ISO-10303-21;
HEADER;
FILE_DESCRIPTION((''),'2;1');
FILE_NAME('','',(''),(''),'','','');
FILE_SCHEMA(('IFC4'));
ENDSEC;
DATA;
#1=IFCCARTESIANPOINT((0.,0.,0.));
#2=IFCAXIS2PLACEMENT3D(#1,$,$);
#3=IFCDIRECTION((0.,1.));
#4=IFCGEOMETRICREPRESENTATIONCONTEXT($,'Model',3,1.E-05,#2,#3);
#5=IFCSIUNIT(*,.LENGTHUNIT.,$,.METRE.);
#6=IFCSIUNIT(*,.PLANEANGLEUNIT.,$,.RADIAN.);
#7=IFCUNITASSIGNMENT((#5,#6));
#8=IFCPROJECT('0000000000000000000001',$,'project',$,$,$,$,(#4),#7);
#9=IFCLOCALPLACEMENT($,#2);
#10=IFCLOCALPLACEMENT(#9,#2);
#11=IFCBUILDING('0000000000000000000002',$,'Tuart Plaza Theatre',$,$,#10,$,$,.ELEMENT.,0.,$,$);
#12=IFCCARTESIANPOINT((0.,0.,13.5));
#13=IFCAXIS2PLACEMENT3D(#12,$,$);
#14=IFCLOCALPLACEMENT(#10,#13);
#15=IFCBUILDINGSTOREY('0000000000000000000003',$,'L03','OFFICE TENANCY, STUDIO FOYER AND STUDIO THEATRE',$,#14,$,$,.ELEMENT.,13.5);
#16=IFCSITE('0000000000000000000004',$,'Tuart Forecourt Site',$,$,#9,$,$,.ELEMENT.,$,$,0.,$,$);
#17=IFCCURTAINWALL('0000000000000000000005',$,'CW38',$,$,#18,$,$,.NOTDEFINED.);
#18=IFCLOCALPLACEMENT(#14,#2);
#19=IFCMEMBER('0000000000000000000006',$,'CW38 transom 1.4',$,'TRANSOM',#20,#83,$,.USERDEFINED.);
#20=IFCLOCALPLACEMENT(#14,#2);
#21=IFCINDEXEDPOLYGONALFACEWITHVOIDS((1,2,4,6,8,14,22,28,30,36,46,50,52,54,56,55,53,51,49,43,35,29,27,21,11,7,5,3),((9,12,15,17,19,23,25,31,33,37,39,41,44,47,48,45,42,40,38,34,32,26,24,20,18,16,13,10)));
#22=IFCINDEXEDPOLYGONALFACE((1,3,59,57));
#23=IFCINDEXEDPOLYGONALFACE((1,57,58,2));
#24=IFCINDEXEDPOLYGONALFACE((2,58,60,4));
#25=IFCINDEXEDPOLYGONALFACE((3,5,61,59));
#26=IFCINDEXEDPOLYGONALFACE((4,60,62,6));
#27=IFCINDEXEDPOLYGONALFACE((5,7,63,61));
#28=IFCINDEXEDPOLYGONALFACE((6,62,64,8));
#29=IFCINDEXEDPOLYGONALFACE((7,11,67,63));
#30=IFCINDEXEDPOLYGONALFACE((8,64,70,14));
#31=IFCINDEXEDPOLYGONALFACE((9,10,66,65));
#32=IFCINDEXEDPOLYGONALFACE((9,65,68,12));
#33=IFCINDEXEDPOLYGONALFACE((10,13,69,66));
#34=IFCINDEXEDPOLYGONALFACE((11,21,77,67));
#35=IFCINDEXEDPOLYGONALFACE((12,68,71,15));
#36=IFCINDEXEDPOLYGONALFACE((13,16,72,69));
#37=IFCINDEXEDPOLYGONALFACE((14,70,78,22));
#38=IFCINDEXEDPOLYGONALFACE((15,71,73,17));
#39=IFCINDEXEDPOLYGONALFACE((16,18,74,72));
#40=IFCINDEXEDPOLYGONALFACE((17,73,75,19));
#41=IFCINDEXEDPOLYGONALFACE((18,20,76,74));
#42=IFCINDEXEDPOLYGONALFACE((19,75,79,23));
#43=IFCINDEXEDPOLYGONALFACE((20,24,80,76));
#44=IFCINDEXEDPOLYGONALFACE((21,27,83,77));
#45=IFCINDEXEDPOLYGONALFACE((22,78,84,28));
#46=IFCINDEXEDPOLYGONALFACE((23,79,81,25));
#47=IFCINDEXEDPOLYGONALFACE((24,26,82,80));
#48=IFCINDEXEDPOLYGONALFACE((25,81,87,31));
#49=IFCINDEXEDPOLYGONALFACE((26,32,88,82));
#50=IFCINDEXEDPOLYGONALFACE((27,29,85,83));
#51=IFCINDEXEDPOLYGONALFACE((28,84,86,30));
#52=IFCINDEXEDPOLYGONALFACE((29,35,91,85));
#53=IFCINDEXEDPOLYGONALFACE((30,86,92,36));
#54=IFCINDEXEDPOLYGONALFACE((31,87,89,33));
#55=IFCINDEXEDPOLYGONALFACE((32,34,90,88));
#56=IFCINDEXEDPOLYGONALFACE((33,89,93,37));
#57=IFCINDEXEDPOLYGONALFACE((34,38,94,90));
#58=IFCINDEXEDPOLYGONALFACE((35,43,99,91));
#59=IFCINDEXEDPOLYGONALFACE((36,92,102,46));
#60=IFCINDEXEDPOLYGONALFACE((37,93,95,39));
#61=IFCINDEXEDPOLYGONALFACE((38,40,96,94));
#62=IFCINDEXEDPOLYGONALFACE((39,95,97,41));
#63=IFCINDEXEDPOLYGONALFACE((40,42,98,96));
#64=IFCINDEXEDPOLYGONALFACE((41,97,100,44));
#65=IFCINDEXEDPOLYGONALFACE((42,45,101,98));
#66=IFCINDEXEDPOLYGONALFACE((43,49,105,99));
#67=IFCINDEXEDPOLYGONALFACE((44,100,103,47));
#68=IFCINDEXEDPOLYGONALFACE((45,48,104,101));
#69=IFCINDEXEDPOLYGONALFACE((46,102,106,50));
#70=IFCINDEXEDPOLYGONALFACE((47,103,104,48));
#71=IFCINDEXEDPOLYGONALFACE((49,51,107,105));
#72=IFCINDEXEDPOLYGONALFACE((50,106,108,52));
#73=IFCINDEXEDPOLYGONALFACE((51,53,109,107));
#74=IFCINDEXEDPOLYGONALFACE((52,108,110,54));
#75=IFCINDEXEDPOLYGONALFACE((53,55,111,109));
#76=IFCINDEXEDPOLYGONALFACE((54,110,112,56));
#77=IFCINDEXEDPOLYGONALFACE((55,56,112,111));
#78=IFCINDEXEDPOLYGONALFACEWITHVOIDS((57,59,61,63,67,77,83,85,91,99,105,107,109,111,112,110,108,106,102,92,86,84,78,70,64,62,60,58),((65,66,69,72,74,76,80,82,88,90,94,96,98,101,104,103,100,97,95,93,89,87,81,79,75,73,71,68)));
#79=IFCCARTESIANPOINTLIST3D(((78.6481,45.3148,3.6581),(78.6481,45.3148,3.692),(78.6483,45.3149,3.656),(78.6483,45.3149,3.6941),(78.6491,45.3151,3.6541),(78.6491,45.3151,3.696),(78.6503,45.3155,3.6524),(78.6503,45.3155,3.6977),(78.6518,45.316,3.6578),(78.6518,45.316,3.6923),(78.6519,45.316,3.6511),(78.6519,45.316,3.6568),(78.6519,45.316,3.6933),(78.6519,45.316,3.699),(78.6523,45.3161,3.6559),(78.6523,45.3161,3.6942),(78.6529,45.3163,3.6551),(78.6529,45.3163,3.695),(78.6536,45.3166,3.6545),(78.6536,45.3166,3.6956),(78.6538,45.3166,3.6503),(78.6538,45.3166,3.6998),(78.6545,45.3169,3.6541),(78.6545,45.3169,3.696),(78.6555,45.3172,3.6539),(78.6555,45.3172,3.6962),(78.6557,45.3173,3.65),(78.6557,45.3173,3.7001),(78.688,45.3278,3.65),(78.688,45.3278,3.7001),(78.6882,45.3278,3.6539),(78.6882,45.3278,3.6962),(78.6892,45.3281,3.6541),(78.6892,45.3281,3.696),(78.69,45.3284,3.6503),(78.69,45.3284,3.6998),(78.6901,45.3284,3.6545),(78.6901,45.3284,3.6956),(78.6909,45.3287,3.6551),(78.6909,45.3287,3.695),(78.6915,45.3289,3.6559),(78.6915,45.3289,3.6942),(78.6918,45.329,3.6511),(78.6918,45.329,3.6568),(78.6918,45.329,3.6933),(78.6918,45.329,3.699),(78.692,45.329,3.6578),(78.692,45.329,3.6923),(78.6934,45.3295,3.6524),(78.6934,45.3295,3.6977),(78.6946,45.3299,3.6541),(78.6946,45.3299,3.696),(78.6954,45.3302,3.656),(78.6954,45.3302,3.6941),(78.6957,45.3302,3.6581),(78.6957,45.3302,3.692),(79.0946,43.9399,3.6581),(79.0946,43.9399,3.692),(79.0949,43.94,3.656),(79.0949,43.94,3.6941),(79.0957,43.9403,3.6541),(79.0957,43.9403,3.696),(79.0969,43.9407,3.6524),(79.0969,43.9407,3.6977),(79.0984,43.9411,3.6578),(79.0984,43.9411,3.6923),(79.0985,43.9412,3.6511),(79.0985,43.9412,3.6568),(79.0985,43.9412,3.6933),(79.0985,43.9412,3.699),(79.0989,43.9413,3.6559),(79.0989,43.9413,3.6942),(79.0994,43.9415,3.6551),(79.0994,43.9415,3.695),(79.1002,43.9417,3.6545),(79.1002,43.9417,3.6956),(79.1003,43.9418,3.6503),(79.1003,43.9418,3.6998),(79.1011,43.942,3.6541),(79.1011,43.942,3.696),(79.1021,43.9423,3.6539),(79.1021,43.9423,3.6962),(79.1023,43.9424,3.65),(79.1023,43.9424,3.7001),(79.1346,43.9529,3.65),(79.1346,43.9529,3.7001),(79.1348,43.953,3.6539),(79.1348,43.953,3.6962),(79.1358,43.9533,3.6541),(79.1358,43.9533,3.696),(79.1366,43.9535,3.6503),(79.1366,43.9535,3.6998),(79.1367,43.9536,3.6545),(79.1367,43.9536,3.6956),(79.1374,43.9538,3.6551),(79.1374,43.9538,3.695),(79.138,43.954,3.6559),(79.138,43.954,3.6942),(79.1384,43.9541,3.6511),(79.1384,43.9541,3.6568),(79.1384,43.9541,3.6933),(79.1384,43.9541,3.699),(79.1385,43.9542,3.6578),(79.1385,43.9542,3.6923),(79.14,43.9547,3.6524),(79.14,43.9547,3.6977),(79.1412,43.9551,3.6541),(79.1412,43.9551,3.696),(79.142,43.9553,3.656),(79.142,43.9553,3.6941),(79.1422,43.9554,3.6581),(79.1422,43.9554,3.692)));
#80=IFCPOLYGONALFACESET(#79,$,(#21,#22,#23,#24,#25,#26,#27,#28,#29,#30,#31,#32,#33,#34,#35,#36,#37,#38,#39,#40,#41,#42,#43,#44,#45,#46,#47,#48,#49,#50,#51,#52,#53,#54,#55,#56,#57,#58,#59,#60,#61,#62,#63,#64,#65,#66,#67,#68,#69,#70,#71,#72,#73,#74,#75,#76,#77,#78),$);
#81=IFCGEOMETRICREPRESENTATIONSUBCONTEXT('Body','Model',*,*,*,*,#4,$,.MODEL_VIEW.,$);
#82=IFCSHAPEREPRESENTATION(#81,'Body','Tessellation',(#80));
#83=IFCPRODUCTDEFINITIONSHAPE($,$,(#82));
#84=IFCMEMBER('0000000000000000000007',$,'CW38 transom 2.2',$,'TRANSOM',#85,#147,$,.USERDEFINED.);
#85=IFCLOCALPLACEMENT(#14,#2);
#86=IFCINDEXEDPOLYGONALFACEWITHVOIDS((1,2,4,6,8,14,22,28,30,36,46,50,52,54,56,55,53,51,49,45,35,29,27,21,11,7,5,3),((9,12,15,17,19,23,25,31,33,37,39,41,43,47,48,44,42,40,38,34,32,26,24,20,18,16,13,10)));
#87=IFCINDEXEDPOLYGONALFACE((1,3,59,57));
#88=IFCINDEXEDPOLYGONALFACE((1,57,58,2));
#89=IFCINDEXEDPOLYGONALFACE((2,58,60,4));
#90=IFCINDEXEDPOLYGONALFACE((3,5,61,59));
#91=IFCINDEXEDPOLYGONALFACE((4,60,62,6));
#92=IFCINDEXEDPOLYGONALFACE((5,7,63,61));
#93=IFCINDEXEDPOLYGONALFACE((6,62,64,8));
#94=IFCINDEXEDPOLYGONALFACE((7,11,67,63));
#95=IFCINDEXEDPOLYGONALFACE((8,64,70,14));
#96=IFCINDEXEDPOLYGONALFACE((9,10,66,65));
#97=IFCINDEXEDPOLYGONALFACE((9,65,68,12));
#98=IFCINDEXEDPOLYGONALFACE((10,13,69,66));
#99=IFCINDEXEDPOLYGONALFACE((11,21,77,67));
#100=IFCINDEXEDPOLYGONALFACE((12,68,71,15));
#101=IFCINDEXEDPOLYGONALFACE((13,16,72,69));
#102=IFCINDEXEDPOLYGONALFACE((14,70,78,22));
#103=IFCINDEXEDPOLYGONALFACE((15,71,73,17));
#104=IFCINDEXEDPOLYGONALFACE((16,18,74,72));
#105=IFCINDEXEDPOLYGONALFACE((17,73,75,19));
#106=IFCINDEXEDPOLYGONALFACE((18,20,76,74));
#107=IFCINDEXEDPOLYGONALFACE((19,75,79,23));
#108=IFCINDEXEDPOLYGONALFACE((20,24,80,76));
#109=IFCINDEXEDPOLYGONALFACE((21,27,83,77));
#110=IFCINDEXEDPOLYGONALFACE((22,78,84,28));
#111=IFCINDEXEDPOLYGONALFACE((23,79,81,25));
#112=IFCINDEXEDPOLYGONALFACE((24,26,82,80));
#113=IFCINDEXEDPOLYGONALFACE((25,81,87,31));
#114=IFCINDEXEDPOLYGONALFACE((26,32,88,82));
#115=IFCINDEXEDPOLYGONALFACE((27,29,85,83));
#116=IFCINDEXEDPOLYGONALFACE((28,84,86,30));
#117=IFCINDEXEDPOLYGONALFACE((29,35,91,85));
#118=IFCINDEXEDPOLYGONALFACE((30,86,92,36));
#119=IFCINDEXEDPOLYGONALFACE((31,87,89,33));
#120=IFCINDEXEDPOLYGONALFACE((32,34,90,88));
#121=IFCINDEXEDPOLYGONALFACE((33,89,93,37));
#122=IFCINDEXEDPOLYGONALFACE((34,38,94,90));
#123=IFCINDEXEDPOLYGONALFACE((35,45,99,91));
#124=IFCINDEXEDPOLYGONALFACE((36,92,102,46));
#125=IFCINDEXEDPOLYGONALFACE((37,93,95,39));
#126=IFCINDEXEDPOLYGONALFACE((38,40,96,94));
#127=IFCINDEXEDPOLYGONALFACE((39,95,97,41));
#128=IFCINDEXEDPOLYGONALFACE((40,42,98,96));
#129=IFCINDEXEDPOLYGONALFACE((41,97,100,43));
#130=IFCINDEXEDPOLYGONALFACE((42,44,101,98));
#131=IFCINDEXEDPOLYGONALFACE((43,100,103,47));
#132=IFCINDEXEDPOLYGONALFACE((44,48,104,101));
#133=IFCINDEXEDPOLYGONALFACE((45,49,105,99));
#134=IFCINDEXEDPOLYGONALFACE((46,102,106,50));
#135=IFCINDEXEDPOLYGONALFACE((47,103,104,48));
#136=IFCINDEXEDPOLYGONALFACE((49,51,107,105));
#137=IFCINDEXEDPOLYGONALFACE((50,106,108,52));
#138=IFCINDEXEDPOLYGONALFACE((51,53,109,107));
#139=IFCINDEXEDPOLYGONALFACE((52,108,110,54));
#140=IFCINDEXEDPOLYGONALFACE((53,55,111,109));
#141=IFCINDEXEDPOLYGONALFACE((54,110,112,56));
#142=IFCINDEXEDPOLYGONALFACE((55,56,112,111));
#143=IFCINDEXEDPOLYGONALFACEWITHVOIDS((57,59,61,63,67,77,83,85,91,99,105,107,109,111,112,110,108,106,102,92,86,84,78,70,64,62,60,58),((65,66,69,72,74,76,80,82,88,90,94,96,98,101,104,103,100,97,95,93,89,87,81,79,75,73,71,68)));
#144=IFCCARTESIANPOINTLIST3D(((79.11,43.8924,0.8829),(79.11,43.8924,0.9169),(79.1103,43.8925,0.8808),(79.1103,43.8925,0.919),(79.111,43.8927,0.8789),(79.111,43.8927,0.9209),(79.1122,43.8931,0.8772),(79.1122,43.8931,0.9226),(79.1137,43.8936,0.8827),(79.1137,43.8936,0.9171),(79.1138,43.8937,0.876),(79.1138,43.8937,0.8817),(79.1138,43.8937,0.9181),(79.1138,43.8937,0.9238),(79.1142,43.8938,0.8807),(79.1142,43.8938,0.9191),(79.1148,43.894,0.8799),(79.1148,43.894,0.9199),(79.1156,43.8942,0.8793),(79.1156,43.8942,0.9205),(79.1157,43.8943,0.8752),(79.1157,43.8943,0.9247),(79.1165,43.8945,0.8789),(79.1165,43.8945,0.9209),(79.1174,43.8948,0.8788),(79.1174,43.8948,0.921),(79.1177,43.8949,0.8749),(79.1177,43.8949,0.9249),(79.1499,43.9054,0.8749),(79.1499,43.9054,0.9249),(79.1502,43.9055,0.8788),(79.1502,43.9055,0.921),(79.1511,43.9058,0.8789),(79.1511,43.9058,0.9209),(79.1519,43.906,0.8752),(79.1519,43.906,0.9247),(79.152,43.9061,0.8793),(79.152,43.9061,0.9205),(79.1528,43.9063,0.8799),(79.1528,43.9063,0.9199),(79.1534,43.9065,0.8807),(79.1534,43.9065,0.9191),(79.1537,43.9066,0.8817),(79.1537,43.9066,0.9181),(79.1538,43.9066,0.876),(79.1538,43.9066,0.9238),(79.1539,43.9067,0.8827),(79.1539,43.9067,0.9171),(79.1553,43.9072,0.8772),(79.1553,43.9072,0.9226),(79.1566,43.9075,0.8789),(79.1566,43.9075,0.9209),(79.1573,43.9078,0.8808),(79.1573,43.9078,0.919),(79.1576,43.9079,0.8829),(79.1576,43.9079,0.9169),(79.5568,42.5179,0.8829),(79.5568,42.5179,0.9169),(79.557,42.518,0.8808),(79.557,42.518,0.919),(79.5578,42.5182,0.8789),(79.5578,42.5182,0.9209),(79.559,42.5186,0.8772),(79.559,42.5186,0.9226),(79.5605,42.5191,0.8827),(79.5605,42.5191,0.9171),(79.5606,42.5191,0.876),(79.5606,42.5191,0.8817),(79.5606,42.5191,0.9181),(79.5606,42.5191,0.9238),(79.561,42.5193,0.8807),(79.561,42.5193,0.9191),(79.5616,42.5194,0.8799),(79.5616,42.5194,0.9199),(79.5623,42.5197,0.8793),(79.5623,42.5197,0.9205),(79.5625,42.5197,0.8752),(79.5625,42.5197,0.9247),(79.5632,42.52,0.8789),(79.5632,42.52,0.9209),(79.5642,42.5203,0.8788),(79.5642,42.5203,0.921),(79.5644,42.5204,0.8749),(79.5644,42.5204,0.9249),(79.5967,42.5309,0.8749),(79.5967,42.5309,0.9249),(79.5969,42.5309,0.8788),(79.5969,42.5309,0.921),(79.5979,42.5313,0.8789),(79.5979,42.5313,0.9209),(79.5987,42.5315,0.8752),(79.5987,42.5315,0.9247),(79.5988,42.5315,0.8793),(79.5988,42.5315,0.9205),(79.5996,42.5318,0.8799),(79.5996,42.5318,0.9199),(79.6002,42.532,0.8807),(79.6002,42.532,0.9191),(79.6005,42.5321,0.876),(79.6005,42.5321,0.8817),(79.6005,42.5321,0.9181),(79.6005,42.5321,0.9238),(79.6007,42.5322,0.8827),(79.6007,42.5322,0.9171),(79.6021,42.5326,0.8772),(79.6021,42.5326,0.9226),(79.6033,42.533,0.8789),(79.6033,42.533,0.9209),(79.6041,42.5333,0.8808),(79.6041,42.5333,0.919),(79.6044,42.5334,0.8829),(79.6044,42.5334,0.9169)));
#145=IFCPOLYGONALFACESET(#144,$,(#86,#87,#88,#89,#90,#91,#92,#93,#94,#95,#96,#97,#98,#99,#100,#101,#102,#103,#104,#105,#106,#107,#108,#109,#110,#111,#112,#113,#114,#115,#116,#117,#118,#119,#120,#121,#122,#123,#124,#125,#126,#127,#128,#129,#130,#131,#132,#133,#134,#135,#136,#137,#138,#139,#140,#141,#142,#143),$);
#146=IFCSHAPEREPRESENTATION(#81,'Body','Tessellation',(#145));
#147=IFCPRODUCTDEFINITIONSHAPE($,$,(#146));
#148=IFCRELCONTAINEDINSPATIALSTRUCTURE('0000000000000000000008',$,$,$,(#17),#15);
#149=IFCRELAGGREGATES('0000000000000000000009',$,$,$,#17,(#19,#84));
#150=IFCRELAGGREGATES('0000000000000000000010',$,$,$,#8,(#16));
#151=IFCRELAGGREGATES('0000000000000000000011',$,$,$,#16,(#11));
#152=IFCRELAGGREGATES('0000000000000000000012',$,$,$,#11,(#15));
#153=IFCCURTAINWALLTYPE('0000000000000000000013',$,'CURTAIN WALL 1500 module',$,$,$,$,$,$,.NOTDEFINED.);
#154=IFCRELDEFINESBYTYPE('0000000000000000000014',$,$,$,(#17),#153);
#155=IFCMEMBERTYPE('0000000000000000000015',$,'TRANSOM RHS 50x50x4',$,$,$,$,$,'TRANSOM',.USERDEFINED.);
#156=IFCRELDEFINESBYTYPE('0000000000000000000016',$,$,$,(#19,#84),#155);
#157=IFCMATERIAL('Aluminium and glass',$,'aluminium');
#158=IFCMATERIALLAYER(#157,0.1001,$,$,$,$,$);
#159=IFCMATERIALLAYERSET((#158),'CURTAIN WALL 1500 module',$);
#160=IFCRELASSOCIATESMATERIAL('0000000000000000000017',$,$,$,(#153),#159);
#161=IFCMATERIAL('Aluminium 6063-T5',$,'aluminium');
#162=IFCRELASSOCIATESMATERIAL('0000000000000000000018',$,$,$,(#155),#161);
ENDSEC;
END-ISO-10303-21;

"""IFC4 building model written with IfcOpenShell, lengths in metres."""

from ifc_helpers import new_model, si_unit, direction, frame, origin, origin_2d, place, context, subcontext, project, spatial, hollow_rectangle, extrude, material, layer, layer_set, material_profile, profile_set, type_object, element, aggregate, save


model = new_model("IFC4")

# Units and contexts
model_context = context("Model", 3, precision=1e-05, world=origin(), true_north=direction((0.0, 1.0)))
body_context = subcontext(model_context, "Body", "Model", "MODEL_VIEW")
ifc_project = project(units=[si_unit("LENGTHUNIT", "METRE"), si_unit("PLANEANGLEUNIT", "RADIAN")], contexts=[model_context])

# Site, building, storey
site_placement = place(None, origin())
site = spatial("IfcSite", under=ifc_project, at=site_placement, Name="Tuart Forecourt Site", CompositionType="ELEMENT", RefElevation=0.0)
building_placement = place(site_placement, origin())
building = spatial("IfcBuilding", under=site, at=building_placement, Name="Tuart Plaza Theatre", CompositionType="ELEMENT", ElevationOfRefHeight=0.0)
storey_placement = place(building_placement, frame((0.0, 0.0, 13.5)))
storey = spatial("IfcBuildingStorey", under=building, at=storey_placement, Name="L03", Description="OFFICE TENANCY, STUDIO FOYER AND STUDIO THEATRE", CompositionType="ELEMENT", Elevation=13.5)

# Shared definitions
ifc_material_1 = material(Name="Aluminium and glass", Category="aluminium")
ifc_layer_1 = layer(ifc_material_1, 0.1001)
ifc_layer_set_1 = layer_set([ifc_layer_1], Name="CURTAIN WALL 1500 module")
curtain_wall_type = type_object("IfcCurtainWallType", Name="CURTAIN WALL 1500 module", PredefinedType="NOTDEFINED", material=ifc_layer_set_1)

# Curtain wall
curtain_wall_1_placement = place(storey_placement, origin())
curtain_wall_1 = element("IfcCurtainWall", 1, at=curtain_wall_1_placement, inside=storey, type_object=curtain_wall_type, Name="CW38", PredefinedType="NOTDEFINED")

# Members
ifc_material_2 = material(Name="Aluminium 6063-T5", Category="aluminium")
ifc_material_profile_1 = material_profile(ifc_material_2, hollow_rectangle(XDim=0.05, YDim=0.05, WallThickness=0.0039, InnerFilletRadius=0.0039, OuterFilletRadius=0.0081, at=origin_2d()), Name="RHS 50x50x4")
ifc_profile_set_1 = profile_set([ifc_material_profile_1], Name="Aluminium 6063-T5")
member_type_1 = type_object("IfcMemberType", Name="TRANSOM RHS 50x50x4", ElementType="TRANSOM", PredefinedType="USERDEFINED", material=ifc_profile_set_1)
member_1_placement = place(storey_placement, frame((78.6719, 45.3225, 3.675), z_axis=(0.308922, -0.951087, 0.0), x_axis=(0.951087, 0.308922, 0.0)))
member_1 = element("IfcMember", 2, at=member_1_placement, type_object=member_type_1, Name="CW38 transom 1.4", ObjectType="TRANSOM", PredefinedType="USERDEFINED", context=body_context, shape_type="SweptSolid", body=[
    extrude(hollow_rectangle(XDim=0.05, YDim=0.05, WallThickness=0.0039, InnerFilletRadius=0.0039, OuterFilletRadius=0.0081, at=origin_2d()), origin(), (0.0, 0.0, 1.0), 1.4456),
])
member_2_placement = place(storey_placement, frame((79.1338, 43.9001, 0.8999), z_axis=(0.309124, -0.951022, 0.0), x_axis=(0.951022, 0.309124, 0.0)))
member_2 = element("IfcMember", 3, at=member_2_placement, type_object=member_type_1, Name="CW38 transom 2.2", ObjectType="TRANSOM", PredefinedType="USERDEFINED", context=body_context, shape_type="SweptSolid", body=[
    extrude(hollow_rectangle(XDim=0.05, YDim=0.05, WallThickness=0.0039, InnerFilletRadius=0.0039, OuterFilletRadius=0.0081, at=origin_2d()), origin(), (0.0, 0.0, 1.0), 1.4453),
])

aggregate(curtain_wall_1, [member_1, member_2])

save(model, "model.ifc")
